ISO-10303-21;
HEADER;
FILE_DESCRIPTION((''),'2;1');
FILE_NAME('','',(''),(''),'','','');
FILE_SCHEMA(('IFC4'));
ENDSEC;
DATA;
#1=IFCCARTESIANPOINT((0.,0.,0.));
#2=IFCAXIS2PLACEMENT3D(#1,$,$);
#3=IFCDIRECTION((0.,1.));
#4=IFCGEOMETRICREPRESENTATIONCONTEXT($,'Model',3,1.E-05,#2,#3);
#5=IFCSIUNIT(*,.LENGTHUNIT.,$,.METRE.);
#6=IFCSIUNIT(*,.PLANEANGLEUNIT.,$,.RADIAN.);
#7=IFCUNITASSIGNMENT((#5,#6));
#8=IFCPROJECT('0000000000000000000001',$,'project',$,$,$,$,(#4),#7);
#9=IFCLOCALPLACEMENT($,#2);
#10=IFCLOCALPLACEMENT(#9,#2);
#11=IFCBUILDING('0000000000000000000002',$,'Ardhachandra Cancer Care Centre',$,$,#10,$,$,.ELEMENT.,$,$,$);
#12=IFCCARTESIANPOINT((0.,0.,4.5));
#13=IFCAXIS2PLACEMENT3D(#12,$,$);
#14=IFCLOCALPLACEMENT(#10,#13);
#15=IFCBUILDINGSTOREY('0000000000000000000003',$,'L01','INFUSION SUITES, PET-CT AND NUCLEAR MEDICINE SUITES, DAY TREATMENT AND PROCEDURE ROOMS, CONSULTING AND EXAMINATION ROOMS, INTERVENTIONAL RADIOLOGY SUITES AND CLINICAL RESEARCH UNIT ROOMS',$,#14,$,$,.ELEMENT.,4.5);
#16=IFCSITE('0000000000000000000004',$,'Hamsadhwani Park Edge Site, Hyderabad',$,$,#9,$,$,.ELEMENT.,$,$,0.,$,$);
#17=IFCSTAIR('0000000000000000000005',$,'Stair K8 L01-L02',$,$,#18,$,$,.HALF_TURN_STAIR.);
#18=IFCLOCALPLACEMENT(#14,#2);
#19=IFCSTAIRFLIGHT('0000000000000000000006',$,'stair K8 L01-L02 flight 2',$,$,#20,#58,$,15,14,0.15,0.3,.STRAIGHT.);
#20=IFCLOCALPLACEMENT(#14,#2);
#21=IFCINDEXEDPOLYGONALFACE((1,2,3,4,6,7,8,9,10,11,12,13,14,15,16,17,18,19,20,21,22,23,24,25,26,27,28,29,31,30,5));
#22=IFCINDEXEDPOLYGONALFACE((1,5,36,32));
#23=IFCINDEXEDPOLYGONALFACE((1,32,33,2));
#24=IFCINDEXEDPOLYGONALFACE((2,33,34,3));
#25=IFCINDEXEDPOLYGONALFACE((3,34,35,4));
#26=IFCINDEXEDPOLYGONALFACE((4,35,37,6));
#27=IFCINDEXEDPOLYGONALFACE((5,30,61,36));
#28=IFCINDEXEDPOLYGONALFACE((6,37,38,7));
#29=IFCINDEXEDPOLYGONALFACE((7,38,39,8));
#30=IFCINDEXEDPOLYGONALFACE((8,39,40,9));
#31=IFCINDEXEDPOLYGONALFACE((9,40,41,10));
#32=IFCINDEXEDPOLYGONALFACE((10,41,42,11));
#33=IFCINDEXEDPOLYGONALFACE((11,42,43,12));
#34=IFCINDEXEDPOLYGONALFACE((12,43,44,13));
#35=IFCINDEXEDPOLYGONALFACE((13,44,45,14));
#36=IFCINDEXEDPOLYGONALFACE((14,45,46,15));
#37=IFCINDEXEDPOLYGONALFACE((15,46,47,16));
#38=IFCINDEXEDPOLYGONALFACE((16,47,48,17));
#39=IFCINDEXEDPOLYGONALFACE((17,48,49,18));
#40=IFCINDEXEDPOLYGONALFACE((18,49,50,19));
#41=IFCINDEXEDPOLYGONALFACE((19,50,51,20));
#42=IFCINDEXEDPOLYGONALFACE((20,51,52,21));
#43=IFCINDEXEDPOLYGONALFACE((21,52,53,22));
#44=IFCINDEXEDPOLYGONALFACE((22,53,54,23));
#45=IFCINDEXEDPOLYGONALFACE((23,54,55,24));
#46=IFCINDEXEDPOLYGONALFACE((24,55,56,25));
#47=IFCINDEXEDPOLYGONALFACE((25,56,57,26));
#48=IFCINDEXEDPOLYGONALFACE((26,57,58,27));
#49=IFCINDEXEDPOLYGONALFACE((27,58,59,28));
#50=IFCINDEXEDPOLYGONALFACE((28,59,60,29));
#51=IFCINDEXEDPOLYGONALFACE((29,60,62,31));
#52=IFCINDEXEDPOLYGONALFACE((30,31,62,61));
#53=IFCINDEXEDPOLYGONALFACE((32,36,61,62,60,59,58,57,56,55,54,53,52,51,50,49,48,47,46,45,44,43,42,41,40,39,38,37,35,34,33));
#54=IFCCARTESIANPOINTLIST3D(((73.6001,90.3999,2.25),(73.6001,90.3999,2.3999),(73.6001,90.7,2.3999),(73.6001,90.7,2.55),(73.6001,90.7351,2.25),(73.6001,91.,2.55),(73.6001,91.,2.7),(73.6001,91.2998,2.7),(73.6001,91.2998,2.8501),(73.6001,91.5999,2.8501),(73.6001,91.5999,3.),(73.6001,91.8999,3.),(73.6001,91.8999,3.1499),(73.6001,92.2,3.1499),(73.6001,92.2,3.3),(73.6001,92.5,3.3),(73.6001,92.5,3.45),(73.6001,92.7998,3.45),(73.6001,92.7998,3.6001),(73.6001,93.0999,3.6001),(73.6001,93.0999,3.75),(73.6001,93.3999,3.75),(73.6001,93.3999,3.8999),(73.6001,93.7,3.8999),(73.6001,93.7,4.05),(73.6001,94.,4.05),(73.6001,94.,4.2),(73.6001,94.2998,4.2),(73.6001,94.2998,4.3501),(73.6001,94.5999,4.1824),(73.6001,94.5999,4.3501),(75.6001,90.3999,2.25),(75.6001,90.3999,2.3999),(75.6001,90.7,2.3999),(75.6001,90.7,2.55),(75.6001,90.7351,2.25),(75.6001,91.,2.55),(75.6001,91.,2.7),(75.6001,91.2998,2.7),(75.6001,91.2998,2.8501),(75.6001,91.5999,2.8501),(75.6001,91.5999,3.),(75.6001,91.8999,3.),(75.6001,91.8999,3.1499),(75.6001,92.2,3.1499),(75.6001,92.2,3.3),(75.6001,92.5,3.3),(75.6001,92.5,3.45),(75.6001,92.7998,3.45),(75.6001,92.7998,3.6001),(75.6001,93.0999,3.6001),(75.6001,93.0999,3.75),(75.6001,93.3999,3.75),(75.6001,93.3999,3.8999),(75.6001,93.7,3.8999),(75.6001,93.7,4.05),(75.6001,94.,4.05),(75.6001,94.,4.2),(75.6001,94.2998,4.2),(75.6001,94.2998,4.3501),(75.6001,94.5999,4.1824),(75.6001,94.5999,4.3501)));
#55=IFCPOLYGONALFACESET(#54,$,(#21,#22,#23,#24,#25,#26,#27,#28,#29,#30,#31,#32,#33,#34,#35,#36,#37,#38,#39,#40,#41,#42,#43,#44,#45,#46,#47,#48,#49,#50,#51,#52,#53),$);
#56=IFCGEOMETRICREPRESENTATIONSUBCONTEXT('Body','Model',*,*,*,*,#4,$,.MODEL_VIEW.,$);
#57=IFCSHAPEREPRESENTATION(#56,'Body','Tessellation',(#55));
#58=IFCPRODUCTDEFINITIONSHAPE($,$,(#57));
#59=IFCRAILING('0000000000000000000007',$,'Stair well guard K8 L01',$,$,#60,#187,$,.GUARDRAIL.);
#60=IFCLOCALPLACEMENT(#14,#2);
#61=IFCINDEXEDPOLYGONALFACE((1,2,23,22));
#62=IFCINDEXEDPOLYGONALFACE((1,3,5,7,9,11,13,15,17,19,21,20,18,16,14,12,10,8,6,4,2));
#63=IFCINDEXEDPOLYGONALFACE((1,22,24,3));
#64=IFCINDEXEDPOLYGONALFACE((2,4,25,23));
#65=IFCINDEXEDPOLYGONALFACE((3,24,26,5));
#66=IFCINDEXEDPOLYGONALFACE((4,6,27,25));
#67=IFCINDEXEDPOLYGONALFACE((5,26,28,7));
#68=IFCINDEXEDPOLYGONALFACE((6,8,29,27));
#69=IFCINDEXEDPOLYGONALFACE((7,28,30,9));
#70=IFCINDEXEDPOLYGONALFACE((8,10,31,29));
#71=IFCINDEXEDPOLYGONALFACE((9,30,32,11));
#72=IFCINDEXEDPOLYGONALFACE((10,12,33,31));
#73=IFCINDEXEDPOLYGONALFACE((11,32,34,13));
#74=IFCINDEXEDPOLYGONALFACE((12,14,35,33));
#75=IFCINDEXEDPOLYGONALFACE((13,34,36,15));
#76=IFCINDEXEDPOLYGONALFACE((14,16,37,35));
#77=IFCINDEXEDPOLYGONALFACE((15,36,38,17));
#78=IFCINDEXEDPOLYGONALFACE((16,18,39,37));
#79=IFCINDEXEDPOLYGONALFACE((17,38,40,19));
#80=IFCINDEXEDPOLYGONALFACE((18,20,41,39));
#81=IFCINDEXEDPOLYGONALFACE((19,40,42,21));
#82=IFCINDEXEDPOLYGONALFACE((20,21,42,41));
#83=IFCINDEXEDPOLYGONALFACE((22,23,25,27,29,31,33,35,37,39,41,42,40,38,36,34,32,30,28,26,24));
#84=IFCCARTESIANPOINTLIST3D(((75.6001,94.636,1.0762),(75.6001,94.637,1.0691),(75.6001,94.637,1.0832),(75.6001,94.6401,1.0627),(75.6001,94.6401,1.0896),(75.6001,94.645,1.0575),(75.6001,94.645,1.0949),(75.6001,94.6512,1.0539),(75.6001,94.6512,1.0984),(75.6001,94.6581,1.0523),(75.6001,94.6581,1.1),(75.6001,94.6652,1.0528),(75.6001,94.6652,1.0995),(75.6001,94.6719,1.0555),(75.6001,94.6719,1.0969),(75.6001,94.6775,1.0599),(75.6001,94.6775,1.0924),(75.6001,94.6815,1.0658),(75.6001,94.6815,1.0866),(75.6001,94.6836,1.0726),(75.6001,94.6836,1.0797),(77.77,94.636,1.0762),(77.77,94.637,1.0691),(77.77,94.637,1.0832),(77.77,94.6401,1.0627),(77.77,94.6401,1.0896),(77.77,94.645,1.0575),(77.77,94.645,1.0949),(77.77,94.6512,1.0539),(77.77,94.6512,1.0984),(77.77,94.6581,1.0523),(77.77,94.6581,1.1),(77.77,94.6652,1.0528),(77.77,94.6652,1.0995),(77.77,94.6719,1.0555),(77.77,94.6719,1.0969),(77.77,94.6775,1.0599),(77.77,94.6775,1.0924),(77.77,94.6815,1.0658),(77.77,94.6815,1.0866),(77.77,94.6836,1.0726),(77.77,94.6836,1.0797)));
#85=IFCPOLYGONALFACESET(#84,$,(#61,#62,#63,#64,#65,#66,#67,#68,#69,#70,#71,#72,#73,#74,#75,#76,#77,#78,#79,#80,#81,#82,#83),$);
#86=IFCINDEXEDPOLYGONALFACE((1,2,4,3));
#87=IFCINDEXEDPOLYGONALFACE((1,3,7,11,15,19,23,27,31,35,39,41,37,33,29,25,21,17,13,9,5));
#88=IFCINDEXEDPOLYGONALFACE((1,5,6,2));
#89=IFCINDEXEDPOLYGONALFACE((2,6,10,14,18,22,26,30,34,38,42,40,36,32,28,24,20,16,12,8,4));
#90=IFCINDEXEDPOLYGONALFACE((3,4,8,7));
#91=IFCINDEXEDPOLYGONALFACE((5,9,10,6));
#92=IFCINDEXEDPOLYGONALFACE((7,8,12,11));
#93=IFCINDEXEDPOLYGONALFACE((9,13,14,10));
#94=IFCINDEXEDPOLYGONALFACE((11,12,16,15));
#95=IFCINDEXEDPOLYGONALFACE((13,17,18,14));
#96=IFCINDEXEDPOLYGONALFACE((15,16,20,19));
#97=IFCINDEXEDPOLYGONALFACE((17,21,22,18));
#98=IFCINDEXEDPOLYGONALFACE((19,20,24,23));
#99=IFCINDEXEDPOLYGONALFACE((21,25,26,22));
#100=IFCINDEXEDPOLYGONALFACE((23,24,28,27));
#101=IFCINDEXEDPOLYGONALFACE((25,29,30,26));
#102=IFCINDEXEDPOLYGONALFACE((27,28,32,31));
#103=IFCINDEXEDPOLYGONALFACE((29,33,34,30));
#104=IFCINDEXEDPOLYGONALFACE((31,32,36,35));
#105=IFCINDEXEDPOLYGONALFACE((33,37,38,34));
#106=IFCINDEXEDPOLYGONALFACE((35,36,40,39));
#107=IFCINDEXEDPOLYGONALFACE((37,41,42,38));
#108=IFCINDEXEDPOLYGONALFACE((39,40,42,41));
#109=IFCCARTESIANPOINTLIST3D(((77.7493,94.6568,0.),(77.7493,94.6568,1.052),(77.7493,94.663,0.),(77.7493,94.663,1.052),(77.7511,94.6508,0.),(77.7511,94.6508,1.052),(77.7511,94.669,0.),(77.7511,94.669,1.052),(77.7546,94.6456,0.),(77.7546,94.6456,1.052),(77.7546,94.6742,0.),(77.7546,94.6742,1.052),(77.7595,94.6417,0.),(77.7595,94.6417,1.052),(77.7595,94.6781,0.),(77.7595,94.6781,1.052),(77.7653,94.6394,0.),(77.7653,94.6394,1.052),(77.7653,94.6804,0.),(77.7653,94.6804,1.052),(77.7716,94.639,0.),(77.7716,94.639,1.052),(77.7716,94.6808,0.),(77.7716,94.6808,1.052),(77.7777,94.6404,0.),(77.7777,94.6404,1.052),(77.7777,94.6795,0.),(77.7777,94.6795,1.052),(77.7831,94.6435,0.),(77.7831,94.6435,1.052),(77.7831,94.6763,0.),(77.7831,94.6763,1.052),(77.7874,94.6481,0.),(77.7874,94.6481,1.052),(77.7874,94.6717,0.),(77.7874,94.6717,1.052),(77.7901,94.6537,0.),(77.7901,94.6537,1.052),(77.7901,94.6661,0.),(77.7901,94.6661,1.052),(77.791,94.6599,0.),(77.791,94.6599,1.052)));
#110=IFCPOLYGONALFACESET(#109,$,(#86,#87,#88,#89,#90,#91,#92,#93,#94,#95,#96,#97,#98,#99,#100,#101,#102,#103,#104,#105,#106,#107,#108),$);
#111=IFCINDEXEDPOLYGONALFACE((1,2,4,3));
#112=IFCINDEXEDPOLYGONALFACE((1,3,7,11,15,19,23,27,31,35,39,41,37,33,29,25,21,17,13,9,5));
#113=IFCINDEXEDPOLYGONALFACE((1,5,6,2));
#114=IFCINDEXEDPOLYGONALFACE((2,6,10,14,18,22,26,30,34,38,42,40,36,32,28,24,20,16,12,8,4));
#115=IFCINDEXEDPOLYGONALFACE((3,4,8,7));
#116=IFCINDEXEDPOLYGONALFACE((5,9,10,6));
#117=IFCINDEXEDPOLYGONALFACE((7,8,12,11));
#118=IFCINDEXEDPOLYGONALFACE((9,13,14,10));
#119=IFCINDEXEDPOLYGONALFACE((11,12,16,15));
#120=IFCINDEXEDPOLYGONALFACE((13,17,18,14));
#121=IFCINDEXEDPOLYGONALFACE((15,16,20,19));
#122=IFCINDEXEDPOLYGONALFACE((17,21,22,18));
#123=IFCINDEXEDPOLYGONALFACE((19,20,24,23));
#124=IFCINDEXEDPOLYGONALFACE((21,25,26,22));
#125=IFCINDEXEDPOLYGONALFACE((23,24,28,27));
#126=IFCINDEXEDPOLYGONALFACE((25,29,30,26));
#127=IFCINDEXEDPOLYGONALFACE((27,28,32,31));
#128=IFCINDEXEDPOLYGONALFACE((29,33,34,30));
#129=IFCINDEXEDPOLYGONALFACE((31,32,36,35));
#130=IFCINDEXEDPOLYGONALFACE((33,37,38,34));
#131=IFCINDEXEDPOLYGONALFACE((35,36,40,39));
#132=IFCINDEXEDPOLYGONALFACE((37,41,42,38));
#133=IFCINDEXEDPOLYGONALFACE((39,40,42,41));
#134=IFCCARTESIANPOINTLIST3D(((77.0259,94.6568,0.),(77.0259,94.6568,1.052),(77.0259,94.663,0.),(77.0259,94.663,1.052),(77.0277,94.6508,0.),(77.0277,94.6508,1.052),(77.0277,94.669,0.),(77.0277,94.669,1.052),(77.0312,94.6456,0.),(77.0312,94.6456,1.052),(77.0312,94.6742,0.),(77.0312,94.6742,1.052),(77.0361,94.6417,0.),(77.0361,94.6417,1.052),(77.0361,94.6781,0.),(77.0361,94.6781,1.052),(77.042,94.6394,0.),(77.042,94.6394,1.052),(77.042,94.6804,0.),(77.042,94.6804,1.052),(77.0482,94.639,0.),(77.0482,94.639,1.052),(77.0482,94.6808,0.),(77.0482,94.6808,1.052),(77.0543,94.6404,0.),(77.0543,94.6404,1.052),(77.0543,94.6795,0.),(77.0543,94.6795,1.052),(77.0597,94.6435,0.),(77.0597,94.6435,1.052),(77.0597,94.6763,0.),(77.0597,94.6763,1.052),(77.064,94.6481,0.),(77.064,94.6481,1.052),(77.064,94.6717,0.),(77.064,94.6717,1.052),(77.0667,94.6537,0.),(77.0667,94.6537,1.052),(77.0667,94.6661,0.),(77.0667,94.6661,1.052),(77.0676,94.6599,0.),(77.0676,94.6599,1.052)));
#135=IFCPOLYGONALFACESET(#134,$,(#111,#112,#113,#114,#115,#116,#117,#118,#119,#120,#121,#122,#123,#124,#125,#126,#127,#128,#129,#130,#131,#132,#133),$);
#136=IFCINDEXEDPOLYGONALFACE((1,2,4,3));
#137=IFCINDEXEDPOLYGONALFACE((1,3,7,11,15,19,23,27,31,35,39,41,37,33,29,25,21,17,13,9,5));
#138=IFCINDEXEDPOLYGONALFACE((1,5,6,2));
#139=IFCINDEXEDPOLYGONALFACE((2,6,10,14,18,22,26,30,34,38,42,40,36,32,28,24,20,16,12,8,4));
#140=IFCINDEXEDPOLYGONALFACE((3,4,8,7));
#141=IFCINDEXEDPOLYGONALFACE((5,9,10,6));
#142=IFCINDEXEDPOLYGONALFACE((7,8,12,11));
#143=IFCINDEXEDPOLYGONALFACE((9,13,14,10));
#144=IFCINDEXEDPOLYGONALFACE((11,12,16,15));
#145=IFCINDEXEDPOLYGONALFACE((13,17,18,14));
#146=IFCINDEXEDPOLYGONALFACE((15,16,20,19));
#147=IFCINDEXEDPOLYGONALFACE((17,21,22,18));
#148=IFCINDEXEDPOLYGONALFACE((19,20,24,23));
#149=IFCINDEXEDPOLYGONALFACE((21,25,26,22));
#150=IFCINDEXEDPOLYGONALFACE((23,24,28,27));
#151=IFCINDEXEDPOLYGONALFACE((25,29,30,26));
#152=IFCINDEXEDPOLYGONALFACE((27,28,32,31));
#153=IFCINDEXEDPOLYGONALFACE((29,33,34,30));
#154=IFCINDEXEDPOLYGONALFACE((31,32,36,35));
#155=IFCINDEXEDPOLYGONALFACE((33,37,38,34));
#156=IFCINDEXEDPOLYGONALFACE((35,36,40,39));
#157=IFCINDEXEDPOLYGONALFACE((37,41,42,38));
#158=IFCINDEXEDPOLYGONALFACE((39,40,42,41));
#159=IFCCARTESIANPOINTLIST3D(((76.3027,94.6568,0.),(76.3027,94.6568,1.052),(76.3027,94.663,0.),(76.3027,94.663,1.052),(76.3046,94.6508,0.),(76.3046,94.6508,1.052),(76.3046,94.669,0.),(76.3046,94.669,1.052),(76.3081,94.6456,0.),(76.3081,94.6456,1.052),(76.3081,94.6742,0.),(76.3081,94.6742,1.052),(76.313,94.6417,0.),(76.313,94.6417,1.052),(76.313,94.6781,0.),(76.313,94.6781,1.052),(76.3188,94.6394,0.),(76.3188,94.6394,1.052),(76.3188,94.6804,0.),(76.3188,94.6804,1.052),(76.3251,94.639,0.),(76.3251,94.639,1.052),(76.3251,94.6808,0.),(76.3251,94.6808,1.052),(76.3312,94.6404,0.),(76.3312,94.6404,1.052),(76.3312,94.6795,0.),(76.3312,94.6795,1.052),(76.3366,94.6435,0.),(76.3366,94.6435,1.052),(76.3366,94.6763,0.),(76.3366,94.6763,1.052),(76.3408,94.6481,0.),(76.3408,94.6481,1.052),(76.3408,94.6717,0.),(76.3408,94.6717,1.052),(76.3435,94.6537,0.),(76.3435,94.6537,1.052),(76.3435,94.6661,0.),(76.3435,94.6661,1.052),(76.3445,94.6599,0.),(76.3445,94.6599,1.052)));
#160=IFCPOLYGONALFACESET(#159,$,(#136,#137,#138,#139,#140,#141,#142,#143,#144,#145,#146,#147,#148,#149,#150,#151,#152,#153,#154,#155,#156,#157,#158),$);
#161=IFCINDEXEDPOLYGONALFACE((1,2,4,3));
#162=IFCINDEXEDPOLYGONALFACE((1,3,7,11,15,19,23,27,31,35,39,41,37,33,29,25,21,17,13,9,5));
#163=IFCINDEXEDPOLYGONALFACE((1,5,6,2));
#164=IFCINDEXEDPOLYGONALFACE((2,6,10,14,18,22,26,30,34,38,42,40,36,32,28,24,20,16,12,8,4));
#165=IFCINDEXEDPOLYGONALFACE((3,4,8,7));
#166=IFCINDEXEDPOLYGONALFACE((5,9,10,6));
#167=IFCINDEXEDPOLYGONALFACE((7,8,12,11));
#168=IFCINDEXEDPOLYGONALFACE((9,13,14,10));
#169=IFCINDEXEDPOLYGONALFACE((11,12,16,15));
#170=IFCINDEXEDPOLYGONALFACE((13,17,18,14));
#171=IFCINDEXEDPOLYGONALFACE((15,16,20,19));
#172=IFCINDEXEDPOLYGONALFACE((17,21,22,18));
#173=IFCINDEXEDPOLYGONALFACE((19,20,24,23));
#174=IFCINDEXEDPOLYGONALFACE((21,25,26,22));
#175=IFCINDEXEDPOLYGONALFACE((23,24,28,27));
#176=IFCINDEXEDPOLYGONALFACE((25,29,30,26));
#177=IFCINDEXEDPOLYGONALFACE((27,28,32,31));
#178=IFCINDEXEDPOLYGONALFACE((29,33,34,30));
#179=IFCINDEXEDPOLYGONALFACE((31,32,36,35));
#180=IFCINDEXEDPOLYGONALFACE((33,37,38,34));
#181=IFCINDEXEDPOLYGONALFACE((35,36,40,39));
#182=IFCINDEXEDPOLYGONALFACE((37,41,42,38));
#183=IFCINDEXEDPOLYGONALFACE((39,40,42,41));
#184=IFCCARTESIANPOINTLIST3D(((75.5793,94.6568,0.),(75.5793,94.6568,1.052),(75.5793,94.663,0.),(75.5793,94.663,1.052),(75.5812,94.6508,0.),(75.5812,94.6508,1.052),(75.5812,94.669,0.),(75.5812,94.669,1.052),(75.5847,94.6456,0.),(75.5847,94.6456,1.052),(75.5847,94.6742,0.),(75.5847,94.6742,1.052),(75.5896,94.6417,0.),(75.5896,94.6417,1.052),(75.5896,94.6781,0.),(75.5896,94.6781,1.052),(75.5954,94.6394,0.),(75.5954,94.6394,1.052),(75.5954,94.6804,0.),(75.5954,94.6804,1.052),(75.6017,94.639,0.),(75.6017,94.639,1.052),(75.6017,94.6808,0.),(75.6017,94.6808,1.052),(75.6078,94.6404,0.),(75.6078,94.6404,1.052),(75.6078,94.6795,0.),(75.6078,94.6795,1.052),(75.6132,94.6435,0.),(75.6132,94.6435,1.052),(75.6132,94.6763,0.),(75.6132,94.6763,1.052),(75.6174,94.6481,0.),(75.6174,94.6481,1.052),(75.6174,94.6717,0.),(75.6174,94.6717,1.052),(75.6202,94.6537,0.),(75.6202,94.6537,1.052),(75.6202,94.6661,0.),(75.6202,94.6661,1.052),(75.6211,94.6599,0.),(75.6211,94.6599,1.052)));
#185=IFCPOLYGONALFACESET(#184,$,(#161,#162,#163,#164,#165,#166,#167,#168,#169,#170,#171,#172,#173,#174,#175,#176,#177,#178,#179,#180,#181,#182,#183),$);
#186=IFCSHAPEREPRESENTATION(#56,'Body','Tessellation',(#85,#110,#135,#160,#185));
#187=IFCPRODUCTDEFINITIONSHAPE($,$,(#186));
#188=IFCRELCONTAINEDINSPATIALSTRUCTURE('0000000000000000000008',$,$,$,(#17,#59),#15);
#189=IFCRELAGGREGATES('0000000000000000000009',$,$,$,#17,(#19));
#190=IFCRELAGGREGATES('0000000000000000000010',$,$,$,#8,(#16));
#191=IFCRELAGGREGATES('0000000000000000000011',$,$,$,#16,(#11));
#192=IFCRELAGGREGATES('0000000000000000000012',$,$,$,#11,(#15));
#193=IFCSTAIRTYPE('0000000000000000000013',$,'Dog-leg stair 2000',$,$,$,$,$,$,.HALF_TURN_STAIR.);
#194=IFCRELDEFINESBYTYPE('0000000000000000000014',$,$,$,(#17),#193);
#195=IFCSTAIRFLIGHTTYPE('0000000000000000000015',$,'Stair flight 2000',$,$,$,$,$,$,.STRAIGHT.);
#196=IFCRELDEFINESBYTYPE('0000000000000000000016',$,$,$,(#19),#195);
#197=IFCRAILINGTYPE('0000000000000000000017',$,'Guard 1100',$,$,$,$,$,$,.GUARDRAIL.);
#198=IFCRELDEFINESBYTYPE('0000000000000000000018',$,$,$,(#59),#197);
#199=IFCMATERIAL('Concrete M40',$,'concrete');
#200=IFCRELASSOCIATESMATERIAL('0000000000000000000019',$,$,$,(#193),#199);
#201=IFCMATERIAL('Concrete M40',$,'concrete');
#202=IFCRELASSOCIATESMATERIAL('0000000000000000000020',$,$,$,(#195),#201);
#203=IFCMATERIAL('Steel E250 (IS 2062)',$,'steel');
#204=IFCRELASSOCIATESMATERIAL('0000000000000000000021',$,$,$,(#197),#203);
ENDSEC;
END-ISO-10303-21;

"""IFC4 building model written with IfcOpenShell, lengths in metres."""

from ifc_helpers import new_model, si_unit, direction, frame, origin, origin_2d, place, context, subcontext, project, spatial, polyline, circle, outline, extrude, material, type_object, element, aggregate, save


model = new_model("IFC4")

# Units and contexts
model_context = context("Model", 3, precision=1e-05, world=origin(), true_north=direction((0.0, 1.0)))
body_context = subcontext(model_context, "Body", "Model", "MODEL_VIEW")
ifc_project = project(units=[si_unit("LENGTHUNIT", "METRE"), si_unit("PLANEANGLEUNIT", "RADIAN")], contexts=[model_context])

# Site, building, storey
site_placement = place(None, origin())
site = spatial("IfcSite", under=ifc_project, at=site_placement, Name="Hamsadhwani Park Edge Site, Hyderabad", CompositionType="ELEMENT", RefElevation=0.0)
building_placement = place(site_placement, origin())
building = spatial("IfcBuilding", under=site, at=building_placement, Name="Ardhachandra Cancer Care Centre", CompositionType="ELEMENT")
storey_placement = place(building_placement, frame((0.0, 0.0, 4.5)))
storey = spatial("IfcBuildingStorey", under=building, at=storey_placement, Name="L01", Description="INFUSION SUITES, PET-CT AND NUCLEAR MEDICINE SUITES, DAY TREATMENT AND PROCEDURE ROOMS, CONSULTING AND EXAMINATION ROOMS, INTERVENTIONAL RADIOLOGY SUITES AND CLINICAL RESEARCH UNIT ROOMS", CompositionType="ELEMENT", Elevation=4.5)

# Stair, stair flight
ifc_material_1 = material(Name="Concrete M40", Category="concrete")
stair_type = type_object("IfcStairType", Name="Dog-leg stair 2000", PredefinedType="HALF_TURN_STAIR", material=ifc_material_1)
stair_placement = place(storey_placement, origin())
stair = element("IfcStair", 1, at=stair_placement, inside=storey, type_object=stair_type, Name="Stair K8 L01-L02", PredefinedType="HALF_TURN_STAIR")
ifc_material_2 = material(Name="Concrete M40", Category="concrete")
stair_flight_type = type_object("IfcStairFlightType", Name="Stair flight 2000", PredefinedType="STRAIGHT", material=ifc_material_2)
stair_flight_1_placement = place(storey_placement, frame((74.6001, 90.3999, 2.25), z_axis=(0.0, 0.0, 1.0), x_axis=(0.0, 1.0, 0.0)))
stair_flight_1 = element("IfcStairFlight", 2, at=stair_flight_1_placement, type_object=stair_flight_type, Name="stair K8 L01-L02 flight 2", NumberOfRisers=15, NumberOfTreads=14, PredefinedType="STRAIGHT", RiserHeight=0.15, TreadLength=0.3, context=body_context, shape_type="SweptSolid", body=[
    extrude(outline(polyline([(0.0, 0.0), (0.0, 0.1499), (0.3, 0.1499), (0.3, 0.3), (0.6001, 0.3), (0.6001, 0.45), (0.8999, 0.45), (0.8999, 0.6001), (1.2, 0.6001), (1.2, 0.75), (1.5, 0.75), (1.5, 0.8999), (1.8, 0.8999), (1.8, 1.05), (2.1001, 1.05), (2.1001, 1.2), (2.3999, 1.2), (2.3999, 1.3501), (2.7, 1.3501), (2.7, 1.5), (3.0, 1.5), (3.0, 1.6499), (3.3, 1.6499), (3.3, 1.8), (3.6001, 1.8), (3.6001, 1.95), (3.8999, 1.95), (3.8999, 2.1001), (4.2, 2.1001), (4.2, 2.25), (4.2, 1.9324), (0.3352, 0.0), (0.0, 0.0)])), frame((0.0, 1.0, 0.0), z_axis=(0.0, -1.0, 0.0), x_axis=(1.0, 0.0, 0.0)), (0.0, 0.0, 1.0), 2.0),
])
aggregate(stair, [stair_flight_1])

# Railing
ifc_material_3 = material(Name="Steel E250 (IS 2062)", Category="steel")
railing_type_1 = type_object("IfcRailingType", Name="Guard 1100", PredefinedType="GUARDRAIL", material=ifc_material_3)
railing_placement = place(storey_placement, frame((77.77, 94.6599, 0.0)))
element("IfcRailing", 3, at=railing_placement, inside=storey, type_object=railing_type_1, Name="Stair well guard K8 L01", PredefinedType="GUARDRAIL", context=body_context, shape_type="SweptSolid", body=[
    extrude(circle(Radius=0.0239, at=origin_2d()), frame((0.0, 0.0, 1.0762), z_axis=(-1.0, 0.0, 0.0), x_axis=(0.0, -1.0, 0.0)), (0.0, 0.0, 1.0), 2.1699),
    extrude(circle(Radius=0.021, at=origin_2d()), origin(), (0.0, 0.0, 1.0), 1.052),
    extrude(circle(Radius=0.021, at=origin_2d()), frame((-0.7234, 0.0, 0.0)), (0.0, 0.0, 1.0), 1.052),
    extrude(circle(Radius=0.021, at=origin_2d()), frame((-1.4465, 0.0, 0.0)), (0.0, 0.0, 1.0), 1.052),
    extrude(circle(Radius=0.021, at=origin_2d()), frame((-2.1699, 0.0, 0.0)), (0.0, 0.0, 1.0), 1.052),
])

save(model, "model.ifc")
